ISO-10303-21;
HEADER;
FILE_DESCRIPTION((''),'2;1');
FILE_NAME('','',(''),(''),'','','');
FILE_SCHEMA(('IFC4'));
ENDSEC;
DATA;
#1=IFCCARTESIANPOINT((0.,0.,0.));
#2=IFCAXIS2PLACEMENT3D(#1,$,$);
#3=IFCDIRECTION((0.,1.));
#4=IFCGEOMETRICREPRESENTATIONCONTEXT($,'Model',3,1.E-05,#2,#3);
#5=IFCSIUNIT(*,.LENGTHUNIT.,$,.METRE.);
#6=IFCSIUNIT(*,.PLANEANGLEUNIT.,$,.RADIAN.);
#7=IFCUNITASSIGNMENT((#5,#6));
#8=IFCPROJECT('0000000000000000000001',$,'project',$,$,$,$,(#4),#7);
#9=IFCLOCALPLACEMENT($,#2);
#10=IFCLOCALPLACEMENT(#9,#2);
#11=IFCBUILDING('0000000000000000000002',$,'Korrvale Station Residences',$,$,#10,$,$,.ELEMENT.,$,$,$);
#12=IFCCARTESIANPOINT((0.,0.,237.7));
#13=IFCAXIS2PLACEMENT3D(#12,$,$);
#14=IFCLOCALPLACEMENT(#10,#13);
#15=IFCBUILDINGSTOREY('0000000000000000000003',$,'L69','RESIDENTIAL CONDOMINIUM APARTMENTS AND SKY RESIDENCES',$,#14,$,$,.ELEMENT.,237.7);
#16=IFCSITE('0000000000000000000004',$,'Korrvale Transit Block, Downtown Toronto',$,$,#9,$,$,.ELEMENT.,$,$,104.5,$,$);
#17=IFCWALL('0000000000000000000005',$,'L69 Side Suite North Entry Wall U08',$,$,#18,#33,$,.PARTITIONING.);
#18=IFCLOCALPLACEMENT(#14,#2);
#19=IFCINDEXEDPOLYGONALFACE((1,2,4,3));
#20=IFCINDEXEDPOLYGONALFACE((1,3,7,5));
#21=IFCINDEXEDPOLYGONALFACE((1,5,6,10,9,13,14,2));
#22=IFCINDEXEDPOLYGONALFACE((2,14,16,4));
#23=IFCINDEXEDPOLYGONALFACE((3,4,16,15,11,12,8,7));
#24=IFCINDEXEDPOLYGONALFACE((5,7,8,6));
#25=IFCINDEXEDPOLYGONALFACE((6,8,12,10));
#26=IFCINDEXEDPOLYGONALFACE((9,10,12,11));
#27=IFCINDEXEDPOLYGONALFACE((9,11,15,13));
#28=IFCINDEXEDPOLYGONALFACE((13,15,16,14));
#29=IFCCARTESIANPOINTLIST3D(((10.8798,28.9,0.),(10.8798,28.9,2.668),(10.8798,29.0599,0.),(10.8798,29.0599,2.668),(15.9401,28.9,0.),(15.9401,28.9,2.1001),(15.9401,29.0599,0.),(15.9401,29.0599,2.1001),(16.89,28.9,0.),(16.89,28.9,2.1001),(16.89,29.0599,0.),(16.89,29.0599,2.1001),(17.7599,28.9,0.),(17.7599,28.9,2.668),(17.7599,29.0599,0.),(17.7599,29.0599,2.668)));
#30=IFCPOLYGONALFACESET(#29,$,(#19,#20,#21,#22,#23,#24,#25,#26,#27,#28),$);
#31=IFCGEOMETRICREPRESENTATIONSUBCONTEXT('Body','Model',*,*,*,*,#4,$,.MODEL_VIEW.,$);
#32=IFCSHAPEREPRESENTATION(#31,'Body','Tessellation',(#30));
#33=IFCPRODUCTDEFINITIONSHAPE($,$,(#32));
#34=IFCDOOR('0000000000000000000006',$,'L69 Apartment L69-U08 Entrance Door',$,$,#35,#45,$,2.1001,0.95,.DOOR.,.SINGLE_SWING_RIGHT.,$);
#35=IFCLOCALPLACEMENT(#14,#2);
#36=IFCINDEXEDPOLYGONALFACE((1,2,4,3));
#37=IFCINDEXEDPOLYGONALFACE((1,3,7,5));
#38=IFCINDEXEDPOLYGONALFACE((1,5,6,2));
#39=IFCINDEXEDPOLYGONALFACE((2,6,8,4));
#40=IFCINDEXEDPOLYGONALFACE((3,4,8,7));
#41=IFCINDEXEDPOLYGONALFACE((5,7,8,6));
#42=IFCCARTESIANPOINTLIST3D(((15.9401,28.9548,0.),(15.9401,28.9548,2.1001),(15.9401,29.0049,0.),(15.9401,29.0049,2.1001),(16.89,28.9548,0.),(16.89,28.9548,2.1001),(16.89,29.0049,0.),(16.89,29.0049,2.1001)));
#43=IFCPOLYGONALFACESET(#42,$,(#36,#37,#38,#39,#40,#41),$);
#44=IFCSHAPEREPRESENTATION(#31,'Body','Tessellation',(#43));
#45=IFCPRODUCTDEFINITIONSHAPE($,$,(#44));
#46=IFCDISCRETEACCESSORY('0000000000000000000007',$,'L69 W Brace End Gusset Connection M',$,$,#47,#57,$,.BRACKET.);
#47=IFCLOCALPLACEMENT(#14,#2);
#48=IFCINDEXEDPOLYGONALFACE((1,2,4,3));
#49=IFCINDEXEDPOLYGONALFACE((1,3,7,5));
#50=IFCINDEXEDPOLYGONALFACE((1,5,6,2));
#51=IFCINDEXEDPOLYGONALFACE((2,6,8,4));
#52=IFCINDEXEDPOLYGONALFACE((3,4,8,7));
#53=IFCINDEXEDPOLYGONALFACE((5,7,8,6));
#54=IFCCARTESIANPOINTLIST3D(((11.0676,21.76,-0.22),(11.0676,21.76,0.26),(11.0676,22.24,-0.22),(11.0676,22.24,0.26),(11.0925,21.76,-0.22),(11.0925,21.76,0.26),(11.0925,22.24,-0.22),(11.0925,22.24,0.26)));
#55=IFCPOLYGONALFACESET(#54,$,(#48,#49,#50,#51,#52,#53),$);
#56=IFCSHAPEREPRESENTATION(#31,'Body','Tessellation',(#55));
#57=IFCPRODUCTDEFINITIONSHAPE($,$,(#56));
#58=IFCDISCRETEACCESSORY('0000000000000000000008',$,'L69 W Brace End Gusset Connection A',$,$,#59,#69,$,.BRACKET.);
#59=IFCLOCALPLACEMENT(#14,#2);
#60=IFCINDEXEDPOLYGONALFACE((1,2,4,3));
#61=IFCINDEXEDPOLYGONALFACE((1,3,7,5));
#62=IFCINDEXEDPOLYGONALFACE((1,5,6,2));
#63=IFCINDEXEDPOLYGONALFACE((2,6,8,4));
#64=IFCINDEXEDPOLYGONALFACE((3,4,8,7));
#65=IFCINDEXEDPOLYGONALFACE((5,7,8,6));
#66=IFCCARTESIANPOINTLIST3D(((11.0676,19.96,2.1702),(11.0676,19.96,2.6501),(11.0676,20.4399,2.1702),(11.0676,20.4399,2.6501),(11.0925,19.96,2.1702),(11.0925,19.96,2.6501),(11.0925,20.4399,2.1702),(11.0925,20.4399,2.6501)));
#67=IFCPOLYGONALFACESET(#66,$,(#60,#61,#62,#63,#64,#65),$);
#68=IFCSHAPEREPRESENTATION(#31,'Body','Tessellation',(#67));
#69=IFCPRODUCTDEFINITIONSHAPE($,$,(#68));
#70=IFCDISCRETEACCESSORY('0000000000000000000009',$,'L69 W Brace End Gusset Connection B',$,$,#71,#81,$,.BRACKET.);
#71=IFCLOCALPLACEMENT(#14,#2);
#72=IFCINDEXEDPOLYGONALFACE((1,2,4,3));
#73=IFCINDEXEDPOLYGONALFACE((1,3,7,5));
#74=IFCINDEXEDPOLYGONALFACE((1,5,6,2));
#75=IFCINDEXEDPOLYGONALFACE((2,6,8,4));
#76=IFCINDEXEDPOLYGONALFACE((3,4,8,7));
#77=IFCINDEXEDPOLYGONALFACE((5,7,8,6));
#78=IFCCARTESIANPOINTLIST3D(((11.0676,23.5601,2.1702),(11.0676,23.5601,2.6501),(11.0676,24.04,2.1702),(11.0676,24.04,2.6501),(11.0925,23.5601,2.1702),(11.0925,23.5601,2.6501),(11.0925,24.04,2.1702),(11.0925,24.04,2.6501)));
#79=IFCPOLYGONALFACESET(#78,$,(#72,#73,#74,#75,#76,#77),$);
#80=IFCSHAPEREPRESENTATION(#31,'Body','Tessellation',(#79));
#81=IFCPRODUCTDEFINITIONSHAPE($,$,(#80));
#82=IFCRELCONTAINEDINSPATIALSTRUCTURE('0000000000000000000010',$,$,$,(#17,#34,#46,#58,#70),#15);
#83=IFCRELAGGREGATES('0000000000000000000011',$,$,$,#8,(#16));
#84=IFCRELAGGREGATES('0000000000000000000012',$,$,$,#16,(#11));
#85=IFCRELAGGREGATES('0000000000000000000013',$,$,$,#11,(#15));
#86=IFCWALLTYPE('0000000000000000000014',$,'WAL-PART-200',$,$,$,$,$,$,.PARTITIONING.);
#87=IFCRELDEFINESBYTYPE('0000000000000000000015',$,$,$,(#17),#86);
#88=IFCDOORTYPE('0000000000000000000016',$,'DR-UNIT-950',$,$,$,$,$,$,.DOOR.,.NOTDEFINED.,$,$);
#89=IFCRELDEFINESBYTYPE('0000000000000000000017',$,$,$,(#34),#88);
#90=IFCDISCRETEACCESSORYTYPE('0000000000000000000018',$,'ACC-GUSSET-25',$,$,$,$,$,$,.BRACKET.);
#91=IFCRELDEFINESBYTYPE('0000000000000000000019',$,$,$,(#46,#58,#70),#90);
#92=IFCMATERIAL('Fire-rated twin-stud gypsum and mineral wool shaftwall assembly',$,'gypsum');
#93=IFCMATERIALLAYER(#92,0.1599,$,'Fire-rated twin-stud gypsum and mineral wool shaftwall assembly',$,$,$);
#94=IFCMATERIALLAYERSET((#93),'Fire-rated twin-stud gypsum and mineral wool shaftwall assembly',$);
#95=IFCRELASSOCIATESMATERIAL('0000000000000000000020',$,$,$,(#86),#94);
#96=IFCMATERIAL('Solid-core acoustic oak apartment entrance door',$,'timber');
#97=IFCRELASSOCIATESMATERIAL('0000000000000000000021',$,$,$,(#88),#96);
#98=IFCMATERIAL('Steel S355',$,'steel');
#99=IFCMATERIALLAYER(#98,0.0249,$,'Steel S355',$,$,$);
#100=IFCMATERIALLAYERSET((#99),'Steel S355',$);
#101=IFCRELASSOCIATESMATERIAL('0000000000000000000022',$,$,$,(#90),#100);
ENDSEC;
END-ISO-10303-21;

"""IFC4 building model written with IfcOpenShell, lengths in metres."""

from ifc_helpers import new_model, si_unit, direction, frame, frame_2d, origin, origin_2d, place, context, subcontext, project, spatial, rectangle, extrude, material, layer, layer_set, type_object, element, fill, save


model = new_model("IFC4")

# Units and contexts
model_context = context("Model", 3, precision=1e-05, world=origin(), true_north=direction((0.0, 1.0)))
body_context = subcontext(model_context, "Body", "Model", "MODEL_VIEW")
ifc_project = project(units=[si_unit("LENGTHUNIT", "METRE"), si_unit("PLANEANGLEUNIT", "RADIAN")], contexts=[model_context])

# Site, building, storey
site_placement = place(None, origin())
site = spatial("IfcSite", under=ifc_project, at=site_placement, Name="Korrvale Transit Block, Downtown Toronto", CompositionType="ELEMENT", RefElevation=104.5)
building_placement = place(site_placement, origin())
building = spatial("IfcBuilding", under=site, at=building_placement, Name="Korrvale Station Residences", CompositionType="ELEMENT")
storey_placement = place(building_placement, frame((0.0, 0.0, 237.7)))
storey = spatial("IfcBuildingStorey", under=building, at=storey_placement, Name="L69", Description="RESIDENTIAL CONDOMINIUM APARTMENTS AND SKY RESIDENCES", CompositionType="ELEMENT", Elevation=237.7)

# Shared definitions
ifc_material_1 = material(Name="Steel S355", Category="steel")

# Shared definitions
ifc_material_2 = material(Name="Fire-rated twin-stud gypsum and mineral wool shaftwall assembly", Category="gypsum")
ifc_layer_1 = layer(ifc_material_2, 0.1599, Name="Fire-rated twin-stud gypsum and mineral wool shaftwall assembly")
ifc_layer_set_1 = layer_set([ifc_layer_1], Name="Fire-rated twin-stud gypsum and mineral wool shaftwall assembly")
wall_type_1 = type_object("IfcWallType", Name="WAL-PART-200", PredefinedType="PARTITIONING", material=ifc_layer_set_1)

# Wall, opening, door
wall_1_placement = place(storey_placement, frame((10.8799, 28.98, 0.0), z_axis=(0.0, 0.0, 1.0), x_axis=(1.0, 0.0, 0.0)))
wall_1 = element("IfcWall", 1, at=wall_1_placement, inside=storey, type_object=wall_type_1, Name="L69 Side Suite North Entry Wall U08", PredefinedType="PARTITIONING", context=body_context, shape_type="SweptSolid", body=[
    extrude(rectangle(XDim=6.8801, YDim=0.1599, at=frame_2d((3.4399, 0.0))), origin(), (0.0, 0.0, 1.0), 2.668),
])
opening_1_placement = place(wall_1_placement, frame((5.0601, 0.0, 0.0)))
opening_1 = element("IfcOpeningElement", 2, at=opening_1_placement, cuts=wall_1, PredefinedType="OPENING", context=body_context, shape_type="SweptSolid", body=[
    extrude(rectangle(XDim=0.95, YDim=2.1001, at=frame_2d((0.4751, 1.05))), frame((0.0, 0.0898, 0.0), z_axis=(0.0, -1.0, 0.0), x_axis=(1.0, 0.0, 0.0)), (0.0, 0.0, 1.0), 0.1799),
])
ifc_material_3 = material(Name="Solid-core acoustic oak apartment entrance door", Category="timber")
door_type_1 = type_object("IfcDoorType", Name="DR-UNIT-950", OperationType="NOTDEFINED", PredefinedType="DOOR", material=ifc_material_3)
door_1_placement = place(opening_1_placement, origin())
door_1 = element("IfcDoor", 3, at=door_1_placement, inside=storey, type_object=door_type_1, Name="L69 Apartment L69-U08 Entrance Door", OperationType="SINGLE_SWING_RIGHT", OverallHeight=2.1001, OverallWidth=0.95, PredefinedType="DOOR", context=body_context, shape_type="SweptSolid", body=[
    extrude(rectangle(XDim=0.95, YDim=2.1001, at=frame_2d((0.4751, 1.05))), frame((0.0, 0.0249, 0.0), z_axis=(0.0, -1.0, 0.0), x_axis=(1.0, 0.0, 0.0)), (0.0, 0.0, 1.0), 0.05),
])
fill(opening_1, door_1)

# Discrete accessories
ifc_layer_2 = layer(ifc_material_1, 0.0249, Name="Steel S355")
ifc_layer_set_2 = layer_set([ifc_layer_2], Name="Steel S355")
discrete_accessory_type = type_object("IfcDiscreteAccessoryType", Name="ACC-GUSSET-25", PredefinedType="BRACKET", material=ifc_layer_set_2)
for number, where, z_axis, x_axis, name in (
    (4, (11.0801, 22.0, -0.22), (0.0, 0.0, 1.0), (0.0, 1.0, 0.0), "L69 W Brace End Gusset Connection M"),
    (5, (11.0801, 20.2, 2.1702), (0.0, 0.0, 1.0), (0.0, 1.0, 0.0), "L69 W Brace End Gusset Connection A"),
    (6, (11.0801, 23.8, 2.1702), (0.0, 0.0, 1.0), (0.0, 1.0, 0.0), "L69 W Brace End Gusset Connection B"),
):
    element("IfcDiscreteAccessory", number, at=place(storey_placement, frame(where, z_axis=z_axis, x_axis=x_axis)), inside=storey, type_object=discrete_accessory_type, Name=name, PredefinedType="BRACKET", context=body_context, shape_type="SweptSolid", body=[
        extrude(rectangle(XDim=0.48, YDim=0.0249, at=origin_2d()), origin(), (0.0, 0.0, 1.0), 0.48),
    ])

save(model, "model.ifc")
